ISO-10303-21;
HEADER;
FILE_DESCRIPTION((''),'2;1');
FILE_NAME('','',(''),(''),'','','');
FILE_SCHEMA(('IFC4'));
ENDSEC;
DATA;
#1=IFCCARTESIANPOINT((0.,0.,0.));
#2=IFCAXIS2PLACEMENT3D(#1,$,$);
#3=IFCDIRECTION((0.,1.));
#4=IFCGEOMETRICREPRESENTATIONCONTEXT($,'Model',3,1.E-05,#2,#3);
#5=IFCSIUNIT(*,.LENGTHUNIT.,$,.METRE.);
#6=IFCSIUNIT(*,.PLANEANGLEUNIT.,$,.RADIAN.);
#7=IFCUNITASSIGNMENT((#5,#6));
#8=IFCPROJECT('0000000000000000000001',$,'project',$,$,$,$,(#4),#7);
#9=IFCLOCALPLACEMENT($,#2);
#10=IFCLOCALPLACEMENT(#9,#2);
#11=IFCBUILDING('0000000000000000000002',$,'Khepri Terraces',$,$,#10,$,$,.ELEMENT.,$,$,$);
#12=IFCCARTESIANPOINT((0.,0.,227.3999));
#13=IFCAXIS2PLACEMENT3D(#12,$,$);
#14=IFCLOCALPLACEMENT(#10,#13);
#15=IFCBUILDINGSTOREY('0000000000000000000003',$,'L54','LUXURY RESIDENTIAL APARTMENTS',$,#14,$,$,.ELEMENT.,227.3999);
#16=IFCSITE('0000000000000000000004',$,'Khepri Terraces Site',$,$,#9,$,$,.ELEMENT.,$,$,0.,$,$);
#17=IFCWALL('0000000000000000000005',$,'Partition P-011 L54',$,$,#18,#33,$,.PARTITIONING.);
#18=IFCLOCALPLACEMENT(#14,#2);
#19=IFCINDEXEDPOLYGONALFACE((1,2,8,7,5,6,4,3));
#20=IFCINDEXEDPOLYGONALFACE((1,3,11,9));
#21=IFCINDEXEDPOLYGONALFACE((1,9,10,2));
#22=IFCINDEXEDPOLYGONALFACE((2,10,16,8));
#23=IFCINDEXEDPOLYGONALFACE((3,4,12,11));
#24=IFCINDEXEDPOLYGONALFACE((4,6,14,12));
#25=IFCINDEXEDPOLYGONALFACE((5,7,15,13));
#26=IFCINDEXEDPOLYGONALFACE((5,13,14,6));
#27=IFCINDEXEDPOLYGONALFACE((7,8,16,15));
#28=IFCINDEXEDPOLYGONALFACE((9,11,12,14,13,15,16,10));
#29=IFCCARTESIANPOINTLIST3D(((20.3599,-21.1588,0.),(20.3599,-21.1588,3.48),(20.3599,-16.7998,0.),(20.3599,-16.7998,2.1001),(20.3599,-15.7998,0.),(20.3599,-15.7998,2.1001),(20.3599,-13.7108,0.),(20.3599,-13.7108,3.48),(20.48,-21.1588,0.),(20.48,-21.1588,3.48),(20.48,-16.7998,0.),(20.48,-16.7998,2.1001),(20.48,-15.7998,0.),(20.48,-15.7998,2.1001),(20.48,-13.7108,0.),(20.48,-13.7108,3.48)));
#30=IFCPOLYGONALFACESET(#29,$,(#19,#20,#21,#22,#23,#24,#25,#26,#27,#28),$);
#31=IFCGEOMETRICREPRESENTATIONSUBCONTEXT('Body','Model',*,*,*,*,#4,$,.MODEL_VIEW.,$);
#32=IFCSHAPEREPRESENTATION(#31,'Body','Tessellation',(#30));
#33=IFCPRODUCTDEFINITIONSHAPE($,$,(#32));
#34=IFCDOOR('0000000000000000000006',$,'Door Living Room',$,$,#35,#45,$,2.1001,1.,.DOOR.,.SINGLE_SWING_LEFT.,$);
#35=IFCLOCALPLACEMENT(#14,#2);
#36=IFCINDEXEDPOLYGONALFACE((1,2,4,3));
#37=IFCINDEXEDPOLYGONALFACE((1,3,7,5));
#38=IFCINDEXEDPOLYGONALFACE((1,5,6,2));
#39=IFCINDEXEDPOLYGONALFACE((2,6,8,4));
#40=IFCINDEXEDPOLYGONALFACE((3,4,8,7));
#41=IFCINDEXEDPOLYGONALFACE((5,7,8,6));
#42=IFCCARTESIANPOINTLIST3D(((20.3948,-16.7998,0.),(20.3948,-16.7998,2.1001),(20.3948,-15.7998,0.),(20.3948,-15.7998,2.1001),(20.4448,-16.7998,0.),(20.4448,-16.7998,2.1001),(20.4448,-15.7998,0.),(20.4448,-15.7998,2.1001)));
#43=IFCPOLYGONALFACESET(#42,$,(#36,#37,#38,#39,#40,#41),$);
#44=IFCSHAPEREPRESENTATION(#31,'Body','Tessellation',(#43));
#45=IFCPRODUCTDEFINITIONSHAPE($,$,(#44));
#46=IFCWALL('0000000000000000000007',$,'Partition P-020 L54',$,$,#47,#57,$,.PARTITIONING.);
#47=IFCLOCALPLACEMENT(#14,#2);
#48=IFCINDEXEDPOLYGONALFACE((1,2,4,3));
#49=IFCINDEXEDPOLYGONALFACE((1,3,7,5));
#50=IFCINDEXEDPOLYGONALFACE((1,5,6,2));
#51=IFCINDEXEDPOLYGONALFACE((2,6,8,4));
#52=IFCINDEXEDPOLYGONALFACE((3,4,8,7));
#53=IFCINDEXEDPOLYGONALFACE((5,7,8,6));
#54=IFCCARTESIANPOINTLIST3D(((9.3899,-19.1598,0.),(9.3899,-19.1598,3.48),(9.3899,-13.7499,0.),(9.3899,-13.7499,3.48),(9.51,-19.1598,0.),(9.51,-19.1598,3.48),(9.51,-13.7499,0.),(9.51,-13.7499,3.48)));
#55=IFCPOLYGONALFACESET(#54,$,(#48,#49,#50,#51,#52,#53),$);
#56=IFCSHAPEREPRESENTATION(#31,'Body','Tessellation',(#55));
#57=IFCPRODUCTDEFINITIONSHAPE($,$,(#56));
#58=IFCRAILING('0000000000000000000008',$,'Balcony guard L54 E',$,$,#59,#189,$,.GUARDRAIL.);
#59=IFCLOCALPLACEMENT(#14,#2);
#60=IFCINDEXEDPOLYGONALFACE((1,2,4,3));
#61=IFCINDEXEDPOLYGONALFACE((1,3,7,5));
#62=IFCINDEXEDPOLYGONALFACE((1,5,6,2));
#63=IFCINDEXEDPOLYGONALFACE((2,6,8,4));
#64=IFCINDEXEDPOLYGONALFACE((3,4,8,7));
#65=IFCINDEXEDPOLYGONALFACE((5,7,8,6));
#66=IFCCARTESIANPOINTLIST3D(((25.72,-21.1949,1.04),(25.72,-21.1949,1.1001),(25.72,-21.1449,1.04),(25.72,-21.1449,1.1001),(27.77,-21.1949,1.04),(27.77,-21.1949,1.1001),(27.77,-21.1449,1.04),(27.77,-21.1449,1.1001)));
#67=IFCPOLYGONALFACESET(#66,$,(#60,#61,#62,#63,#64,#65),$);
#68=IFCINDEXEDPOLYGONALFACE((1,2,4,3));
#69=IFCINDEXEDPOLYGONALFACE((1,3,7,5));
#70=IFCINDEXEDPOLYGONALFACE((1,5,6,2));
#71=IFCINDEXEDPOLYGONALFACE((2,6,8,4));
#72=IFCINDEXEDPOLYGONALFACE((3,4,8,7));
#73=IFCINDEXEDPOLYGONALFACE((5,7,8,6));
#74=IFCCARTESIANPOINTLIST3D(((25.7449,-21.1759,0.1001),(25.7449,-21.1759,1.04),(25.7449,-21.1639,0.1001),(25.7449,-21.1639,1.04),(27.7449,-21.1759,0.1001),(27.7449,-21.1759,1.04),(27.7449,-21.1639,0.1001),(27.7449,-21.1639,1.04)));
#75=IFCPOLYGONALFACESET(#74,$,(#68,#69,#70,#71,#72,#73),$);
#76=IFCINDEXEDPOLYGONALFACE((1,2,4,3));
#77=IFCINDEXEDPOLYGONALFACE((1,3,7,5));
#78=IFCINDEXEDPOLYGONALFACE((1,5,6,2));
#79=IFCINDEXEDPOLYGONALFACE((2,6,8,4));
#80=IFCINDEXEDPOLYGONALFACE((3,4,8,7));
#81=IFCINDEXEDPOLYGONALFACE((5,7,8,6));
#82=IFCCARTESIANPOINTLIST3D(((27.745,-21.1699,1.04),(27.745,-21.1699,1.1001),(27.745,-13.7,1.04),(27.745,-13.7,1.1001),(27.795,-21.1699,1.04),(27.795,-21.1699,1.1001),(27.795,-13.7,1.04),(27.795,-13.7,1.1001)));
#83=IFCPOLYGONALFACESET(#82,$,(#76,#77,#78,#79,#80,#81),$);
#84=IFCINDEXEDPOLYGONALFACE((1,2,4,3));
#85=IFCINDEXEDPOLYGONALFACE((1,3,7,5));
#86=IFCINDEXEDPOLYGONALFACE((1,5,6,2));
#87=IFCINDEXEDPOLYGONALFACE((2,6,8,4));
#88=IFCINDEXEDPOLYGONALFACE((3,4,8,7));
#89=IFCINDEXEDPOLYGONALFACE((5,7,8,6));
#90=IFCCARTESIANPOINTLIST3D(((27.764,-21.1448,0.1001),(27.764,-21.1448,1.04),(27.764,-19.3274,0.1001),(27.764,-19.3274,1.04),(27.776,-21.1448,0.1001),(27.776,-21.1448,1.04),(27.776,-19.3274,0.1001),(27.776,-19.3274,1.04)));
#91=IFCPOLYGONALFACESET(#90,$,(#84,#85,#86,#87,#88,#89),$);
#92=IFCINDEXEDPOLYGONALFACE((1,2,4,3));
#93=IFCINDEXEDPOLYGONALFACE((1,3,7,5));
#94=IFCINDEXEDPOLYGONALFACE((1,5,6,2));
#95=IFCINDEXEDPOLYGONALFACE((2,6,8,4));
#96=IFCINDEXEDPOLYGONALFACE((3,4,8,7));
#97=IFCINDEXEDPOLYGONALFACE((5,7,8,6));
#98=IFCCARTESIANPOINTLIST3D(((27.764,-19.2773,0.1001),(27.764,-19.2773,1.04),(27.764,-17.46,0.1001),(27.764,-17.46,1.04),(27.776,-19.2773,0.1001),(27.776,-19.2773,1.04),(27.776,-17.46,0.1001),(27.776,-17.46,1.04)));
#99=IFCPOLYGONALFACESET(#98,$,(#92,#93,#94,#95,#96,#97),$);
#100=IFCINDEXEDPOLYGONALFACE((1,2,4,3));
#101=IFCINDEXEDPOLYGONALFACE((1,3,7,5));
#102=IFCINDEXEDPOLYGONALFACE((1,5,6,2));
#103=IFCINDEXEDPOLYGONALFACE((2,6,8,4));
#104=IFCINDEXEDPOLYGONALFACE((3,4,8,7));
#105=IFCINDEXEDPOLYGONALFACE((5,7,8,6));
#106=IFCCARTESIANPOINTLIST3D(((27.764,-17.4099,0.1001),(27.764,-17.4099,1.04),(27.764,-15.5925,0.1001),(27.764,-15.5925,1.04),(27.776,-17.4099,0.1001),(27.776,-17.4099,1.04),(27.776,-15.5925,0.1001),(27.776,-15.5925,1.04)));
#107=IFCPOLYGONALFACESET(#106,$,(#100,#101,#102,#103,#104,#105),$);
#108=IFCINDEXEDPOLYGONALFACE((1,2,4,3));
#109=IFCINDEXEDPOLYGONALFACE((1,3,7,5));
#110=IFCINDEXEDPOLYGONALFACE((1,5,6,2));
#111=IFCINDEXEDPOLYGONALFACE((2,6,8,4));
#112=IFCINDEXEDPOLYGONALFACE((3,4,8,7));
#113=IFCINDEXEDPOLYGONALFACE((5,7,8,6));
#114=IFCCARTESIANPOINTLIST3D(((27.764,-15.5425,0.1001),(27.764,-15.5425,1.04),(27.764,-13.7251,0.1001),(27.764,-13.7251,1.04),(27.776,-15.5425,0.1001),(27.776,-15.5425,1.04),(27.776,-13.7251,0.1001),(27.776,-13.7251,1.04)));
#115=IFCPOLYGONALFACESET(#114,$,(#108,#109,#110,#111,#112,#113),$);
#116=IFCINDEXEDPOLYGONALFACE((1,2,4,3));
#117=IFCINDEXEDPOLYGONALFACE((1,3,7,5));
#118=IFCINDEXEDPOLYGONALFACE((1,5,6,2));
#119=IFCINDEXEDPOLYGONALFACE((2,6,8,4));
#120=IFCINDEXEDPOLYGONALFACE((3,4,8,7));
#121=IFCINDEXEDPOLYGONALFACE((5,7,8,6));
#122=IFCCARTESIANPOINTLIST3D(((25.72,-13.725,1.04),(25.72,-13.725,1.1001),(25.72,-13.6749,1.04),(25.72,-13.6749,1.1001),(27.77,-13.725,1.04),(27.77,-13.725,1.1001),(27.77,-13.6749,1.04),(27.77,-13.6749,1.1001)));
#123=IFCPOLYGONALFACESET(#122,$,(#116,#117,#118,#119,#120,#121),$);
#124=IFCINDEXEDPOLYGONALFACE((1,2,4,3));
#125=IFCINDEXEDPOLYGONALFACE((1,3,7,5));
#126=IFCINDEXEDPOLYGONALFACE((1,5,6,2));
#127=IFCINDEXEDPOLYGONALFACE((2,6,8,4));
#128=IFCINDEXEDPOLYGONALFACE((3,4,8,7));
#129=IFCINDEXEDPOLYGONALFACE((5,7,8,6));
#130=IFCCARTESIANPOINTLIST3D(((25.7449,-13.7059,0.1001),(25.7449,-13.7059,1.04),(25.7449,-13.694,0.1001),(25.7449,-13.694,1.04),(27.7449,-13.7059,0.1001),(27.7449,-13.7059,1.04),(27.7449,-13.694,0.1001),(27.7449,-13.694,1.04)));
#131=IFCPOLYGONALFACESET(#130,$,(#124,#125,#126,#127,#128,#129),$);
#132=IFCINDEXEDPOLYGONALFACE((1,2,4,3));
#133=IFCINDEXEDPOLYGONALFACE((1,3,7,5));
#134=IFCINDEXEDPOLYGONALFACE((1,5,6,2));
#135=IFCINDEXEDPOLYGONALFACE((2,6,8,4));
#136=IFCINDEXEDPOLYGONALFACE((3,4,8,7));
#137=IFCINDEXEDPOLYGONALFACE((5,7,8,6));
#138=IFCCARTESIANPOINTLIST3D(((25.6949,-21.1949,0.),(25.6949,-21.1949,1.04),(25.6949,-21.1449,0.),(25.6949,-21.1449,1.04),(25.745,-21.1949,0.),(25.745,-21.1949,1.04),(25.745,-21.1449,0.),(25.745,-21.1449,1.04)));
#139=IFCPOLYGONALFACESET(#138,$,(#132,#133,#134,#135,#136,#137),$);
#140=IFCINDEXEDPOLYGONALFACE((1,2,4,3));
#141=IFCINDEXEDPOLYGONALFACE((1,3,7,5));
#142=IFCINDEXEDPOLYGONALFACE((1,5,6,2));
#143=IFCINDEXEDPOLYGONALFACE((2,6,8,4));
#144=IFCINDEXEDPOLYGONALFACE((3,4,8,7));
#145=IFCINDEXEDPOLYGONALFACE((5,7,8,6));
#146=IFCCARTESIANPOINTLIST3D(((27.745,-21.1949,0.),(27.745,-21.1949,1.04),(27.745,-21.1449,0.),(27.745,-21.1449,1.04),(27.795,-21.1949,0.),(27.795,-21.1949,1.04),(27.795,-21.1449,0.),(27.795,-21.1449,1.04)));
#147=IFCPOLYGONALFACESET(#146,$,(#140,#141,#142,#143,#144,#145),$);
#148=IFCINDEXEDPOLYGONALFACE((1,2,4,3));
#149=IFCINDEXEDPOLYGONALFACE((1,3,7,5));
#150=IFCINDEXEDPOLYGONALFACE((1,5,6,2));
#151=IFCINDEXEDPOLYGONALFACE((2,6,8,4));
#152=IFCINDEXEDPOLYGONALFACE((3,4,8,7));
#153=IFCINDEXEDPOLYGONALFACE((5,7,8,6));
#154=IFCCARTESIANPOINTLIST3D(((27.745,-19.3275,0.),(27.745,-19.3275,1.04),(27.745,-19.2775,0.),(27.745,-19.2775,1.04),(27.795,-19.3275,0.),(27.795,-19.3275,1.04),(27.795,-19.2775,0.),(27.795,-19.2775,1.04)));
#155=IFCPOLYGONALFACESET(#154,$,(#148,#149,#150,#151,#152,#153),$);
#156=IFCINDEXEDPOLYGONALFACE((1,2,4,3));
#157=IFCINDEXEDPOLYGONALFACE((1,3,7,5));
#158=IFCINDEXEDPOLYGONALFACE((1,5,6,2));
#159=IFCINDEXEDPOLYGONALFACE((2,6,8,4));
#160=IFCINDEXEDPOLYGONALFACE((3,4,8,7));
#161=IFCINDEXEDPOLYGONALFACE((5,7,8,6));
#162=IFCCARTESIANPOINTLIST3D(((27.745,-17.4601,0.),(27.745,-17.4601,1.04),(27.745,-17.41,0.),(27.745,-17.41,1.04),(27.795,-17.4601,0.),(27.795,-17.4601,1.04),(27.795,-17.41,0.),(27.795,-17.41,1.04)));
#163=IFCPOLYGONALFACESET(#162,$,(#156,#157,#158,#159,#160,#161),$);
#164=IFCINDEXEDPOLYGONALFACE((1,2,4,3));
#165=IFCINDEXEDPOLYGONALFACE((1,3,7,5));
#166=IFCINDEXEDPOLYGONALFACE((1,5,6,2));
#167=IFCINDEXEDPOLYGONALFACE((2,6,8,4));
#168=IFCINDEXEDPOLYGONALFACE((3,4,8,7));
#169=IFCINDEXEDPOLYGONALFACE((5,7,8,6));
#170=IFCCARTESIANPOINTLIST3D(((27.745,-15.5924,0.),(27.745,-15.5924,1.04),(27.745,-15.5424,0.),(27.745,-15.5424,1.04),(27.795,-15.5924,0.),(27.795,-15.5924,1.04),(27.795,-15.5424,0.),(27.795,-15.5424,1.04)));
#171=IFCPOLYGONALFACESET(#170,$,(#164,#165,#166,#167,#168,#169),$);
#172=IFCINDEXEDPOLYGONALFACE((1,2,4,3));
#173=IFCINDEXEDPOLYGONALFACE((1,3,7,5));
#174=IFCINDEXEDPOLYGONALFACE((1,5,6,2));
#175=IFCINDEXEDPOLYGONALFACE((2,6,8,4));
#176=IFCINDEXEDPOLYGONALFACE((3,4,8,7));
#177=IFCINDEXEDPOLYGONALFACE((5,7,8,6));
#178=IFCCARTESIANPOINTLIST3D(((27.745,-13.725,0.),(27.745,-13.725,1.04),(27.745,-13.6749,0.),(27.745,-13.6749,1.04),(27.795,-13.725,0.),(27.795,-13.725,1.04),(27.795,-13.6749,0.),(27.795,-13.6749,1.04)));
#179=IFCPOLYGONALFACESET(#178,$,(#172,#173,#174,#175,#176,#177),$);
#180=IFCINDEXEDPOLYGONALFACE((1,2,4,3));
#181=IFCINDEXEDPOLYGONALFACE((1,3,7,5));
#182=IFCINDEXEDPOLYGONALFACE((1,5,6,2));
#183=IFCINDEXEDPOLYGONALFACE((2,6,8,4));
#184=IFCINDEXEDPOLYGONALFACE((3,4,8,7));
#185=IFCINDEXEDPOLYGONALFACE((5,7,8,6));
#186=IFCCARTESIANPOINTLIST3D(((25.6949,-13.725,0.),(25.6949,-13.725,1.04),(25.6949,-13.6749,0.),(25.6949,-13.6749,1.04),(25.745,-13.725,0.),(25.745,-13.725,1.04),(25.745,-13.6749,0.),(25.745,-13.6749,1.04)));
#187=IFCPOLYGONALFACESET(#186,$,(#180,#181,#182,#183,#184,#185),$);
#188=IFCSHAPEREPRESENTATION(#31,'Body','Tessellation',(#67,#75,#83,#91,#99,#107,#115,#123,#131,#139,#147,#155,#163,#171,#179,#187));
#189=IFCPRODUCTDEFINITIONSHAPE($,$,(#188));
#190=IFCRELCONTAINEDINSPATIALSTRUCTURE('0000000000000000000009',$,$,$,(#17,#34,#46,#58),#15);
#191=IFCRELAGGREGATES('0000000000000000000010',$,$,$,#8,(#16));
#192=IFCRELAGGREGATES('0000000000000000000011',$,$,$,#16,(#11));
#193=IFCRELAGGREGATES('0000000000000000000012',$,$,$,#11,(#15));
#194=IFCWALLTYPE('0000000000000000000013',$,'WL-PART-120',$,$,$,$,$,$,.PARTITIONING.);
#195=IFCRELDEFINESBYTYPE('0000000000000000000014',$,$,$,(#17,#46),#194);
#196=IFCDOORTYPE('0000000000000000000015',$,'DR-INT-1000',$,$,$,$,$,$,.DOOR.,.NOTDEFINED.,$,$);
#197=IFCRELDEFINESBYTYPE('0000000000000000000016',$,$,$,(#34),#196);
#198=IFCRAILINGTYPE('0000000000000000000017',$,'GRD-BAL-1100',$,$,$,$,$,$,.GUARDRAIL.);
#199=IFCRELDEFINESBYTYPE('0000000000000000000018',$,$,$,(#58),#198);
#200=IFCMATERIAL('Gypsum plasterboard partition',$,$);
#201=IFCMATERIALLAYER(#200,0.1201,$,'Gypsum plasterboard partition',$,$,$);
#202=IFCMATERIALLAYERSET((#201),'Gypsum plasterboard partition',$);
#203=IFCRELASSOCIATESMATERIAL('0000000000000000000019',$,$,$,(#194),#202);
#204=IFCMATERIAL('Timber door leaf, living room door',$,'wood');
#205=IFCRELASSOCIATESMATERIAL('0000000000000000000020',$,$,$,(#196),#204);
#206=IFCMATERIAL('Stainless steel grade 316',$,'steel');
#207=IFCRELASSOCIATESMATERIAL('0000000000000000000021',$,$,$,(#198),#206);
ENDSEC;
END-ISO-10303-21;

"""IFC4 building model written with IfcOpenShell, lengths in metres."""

from ifc_helpers import new_model, si_unit, direction, frame, frame_2d, origin, origin_2d, place, context, subcontext, project, spatial, rectangle, extrude, material, layer, layer_set, type_object, element, fill, save


model = new_model("IFC4")

# Units and contexts
model_context = context("Model", 3, precision=1e-05, world=origin(), true_north=direction((0.0, 1.0)))
body_context = subcontext(model_context, "Body", "Model", "MODEL_VIEW")
ifc_project = project(units=[si_unit("LENGTHUNIT", "METRE"), si_unit("PLANEANGLEUNIT", "RADIAN")], contexts=[model_context])

# Site, building, storey
site_placement = place(None, origin())
site = spatial("IfcSite", under=ifc_project, at=site_placement, Name="Khepri Terraces Site", CompositionType="ELEMENT", RefElevation=0.0)
building_placement = place(site_placement, origin())
building = spatial("IfcBuilding", under=site, at=building_placement, Name="Khepri Terraces", CompositionType="ELEMENT")
storey_placement = place(building_placement, frame((0.0, 0.0, 227.3999)))
storey = spatial("IfcBuildingStorey", under=building, at=storey_placement, Name="L54", Description="LUXURY RESIDENTIAL APARTMENTS", CompositionType="ELEMENT", Elevation=227.3999)

# Shared definitions
ifc_material_1 = material(Name="Gypsum plasterboard partition")
ifc_layer_1 = layer(ifc_material_1, 0.1201, Name="Gypsum plasterboard partition")
ifc_layer_set_1 = layer_set([ifc_layer_1], Name="Gypsum plasterboard partition")
wall_type_1 = type_object("IfcWallType", Name="WL-PART-120", PredefinedType="PARTITIONING", material=ifc_layer_set_1)

# Wall, opening, door
wall_1_placement = place(storey_placement, frame((20.4199, -21.1589, 0.0), z_axis=(0.0, 0.0, 1.0), x_axis=(0.0, 1.0, 0.0)))
wall_1 = element("IfcWall", 1, at=wall_1_placement, inside=storey, type_object=wall_type_1, Name="Partition P-011 L54", PredefinedType="PARTITIONING", context=body_context, shape_type="SweptSolid", body=[
    extrude(rectangle(XDim=7.448, YDim=0.1201, at=frame_2d((3.7241, 0.0))), origin(), (0.0, 0.0, 1.0), 3.48),
])
opening_1_placement = place(wall_1_placement, frame((4.3591, 0.0, 0.0)))
opening_1 = element("IfcOpeningElement", 2, at=opening_1_placement, cuts=wall_1, PredefinedType="OPENING", context=body_context, shape_type="SweptSolid", body=[
    extrude(rectangle(XDim=1.0, YDim=2.1001, at=frame_2d((0.5, 1.05))), frame((0.0, 0.0701, 0.0), z_axis=(0.0, -1.0, 0.0), x_axis=(1.0, 0.0, 0.0)), (0.0, 0.0, 1.0), 0.1401),
])
ifc_material_2 = material(Name="Timber door leaf, living room door", Category="wood")
door_type_1 = type_object("IfcDoorType", Name="DR-INT-1000", OperationType="NOTDEFINED", PredefinedType="DOOR", material=ifc_material_2)
door_1_placement = place(opening_1_placement, frame((1.0, 0.0, 0.0), z_axis=(0.0, 0.0, 1.0), x_axis=(-1.0, 0.0, 0.0)))
door_1 = element("IfcDoor", 3, at=door_1_placement, inside=storey, type_object=door_type_1, Name="Door Living Room", OperationType="SINGLE_SWING_LEFT", OverallHeight=2.1001, OverallWidth=1.0, PredefinedType="DOOR", context=body_context, shape_type="SweptSolid", body=[
    extrude(rectangle(XDim=1.0, YDim=2.1001, at=frame_2d((0.5, 1.05))), frame((0.0, 0.0249, 0.0), z_axis=(0.0, -1.0, 0.0), x_axis=(1.0, 0.0, 0.0)), (0.0, 0.0, 1.0), 0.05),
])
fill(opening_1, door_1)

# Wall
wall_2_placement = place(storey_placement, frame((9.45, -19.1599, 0.0), z_axis=(0.0, 0.0, 1.0), x_axis=(0.0, 1.0, 0.0)))
element("IfcWall", 4, at=wall_2_placement, inside=storey, type_object=wall_type_1, Name="Partition P-020 L54", PredefinedType="PARTITIONING", context=body_context, shape_type="SweptSolid", body=[
    extrude(rectangle(XDim=5.4099, YDim=0.1201, at=frame_2d((2.7051, 0.0))), origin(), (0.0, 0.0, 1.0), 3.48),
])

# Railing
ifc_material_3 = material(Name="Stainless steel grade 316", Category="steel")
railing_type = type_object("IfcRailingType", Name="GRD-BAL-1100", PredefinedType="GUARDRAIL", material=ifc_material_3)
railing_placement = place(storey_placement, frame((25.72, -21.1699, 0.0)))
element("IfcRailing", 5, at=railing_placement, inside=storey, type_object=railing_type, Name="Balcony guard L54 E", PredefinedType="GUARDRAIL", context=body_context, shape_type="SweptSolid", body=[
    extrude(rectangle(XDim=0.05, YDim=0.0601, at=origin_2d()), frame((0.0, 0.0, 1.0701), z_axis=(1.0, 0.0, 0.0), x_axis=(0.0, 1.0, 0.0)), (0.0, 0.0, 1.0), 2.05),
    extrude(rectangle(XDim=2.0, YDim=0.012, at=origin_2d()), frame((1.0249, 0.0, 0.1001), z_axis=(0.0, 0.0, 1.0), x_axis=(1.0, 0.0, 0.0)), (0.0, 0.0, 1.0), 0.9399),
    extrude(rectangle(XDim=0.05, YDim=0.0601, at=origin_2d()), frame((2.05, 0.0, 1.0701), z_axis=(0.0, 1.0, 0.0), x_axis=(-1.0, 0.0, 0.0)), (0.0, 0.0, 1.0), 7.47),
    extrude(rectangle(XDim=1.8174, YDim=0.012, at=origin_2d()), frame((2.05, 0.9338, 0.1001), z_axis=(0.0, 0.0, 1.0), x_axis=(0.0, 1.0, 0.0)), (0.0, 0.0, 1.0), 0.9399),
    extrude(rectangle(XDim=1.8174, YDim=0.012, at=origin_2d()), frame((2.05, 2.8013, 0.1001), z_axis=(0.0, 0.0, 1.0), x_axis=(0.0, 1.0, 0.0)), (0.0, 0.0, 1.0), 0.9399),
    extrude(rectangle(XDim=1.8174, YDim=0.012, at=origin_2d()), frame((2.05, 4.6687, 0.1001), z_axis=(0.0, 0.0, 1.0), x_axis=(0.0, 1.0, 0.0)), (0.0, 0.0, 1.0), 0.9399),
    extrude(rectangle(XDim=1.8174, YDim=0.012, at=origin_2d()), frame((2.05, 6.5361, 0.1001), z_axis=(0.0, 0.0, 1.0), x_axis=(0.0, 1.0, 0.0)), (0.0, 0.0, 1.0), 0.9399),
    extrude(rectangle(XDim=0.05, YDim=0.0601, at=origin_2d()), frame((2.05, 7.47, 1.0701), z_axis=(-1.0, 0.0, 0.0), x_axis=(0.0, -1.0, 0.0)), (0.0, 0.0, 1.0), 2.05),
    extrude(rectangle(XDim=2.0, YDim=0.012, at=origin_2d()), frame((1.0249, 7.47, 0.1001), z_axis=(0.0, 0.0, 1.0), x_axis=(-1.0, 0.0, 0.0)), (0.0, 0.0, 1.0), 0.9399),
    extrude(rectangle(XDim=0.05, YDim=0.05, at=origin_2d()), origin(), (0.0, 0.0, 1.0), 1.04),
    extrude(rectangle(XDim=0.05, YDim=0.05, at=origin_2d()), frame((2.05, 0.0, 0.0)), (0.0, 0.0, 1.0), 1.04),
    extrude(rectangle(XDim=0.05, YDim=0.05, at=origin_2d()), frame((2.05, 1.8674, 0.0)), (0.0, 0.0, 1.0), 1.04),
    extrude(rectangle(XDim=0.05, YDim=0.05, at=origin_2d()), frame((2.05, 3.7349, 0.0)), (0.0, 0.0, 1.0), 1.04),
    extrude(rectangle(XDim=0.05, YDim=0.05, at=origin_2d()), frame((2.05, 5.6025, 0.0)), (0.0, 0.0, 1.0), 1.04),
    extrude(rectangle(XDim=0.05, YDim=0.05, at=origin_2d()), frame((2.05, 7.47, 0.0)), (0.0, 0.0, 1.0), 1.04),
    extrude(rectangle(XDim=0.05, YDim=0.05, at=origin_2d()), frame((0.0, 7.47, 0.0)), (0.0, 0.0, 1.0), 1.04),
])

save(model, "model.ifc")
